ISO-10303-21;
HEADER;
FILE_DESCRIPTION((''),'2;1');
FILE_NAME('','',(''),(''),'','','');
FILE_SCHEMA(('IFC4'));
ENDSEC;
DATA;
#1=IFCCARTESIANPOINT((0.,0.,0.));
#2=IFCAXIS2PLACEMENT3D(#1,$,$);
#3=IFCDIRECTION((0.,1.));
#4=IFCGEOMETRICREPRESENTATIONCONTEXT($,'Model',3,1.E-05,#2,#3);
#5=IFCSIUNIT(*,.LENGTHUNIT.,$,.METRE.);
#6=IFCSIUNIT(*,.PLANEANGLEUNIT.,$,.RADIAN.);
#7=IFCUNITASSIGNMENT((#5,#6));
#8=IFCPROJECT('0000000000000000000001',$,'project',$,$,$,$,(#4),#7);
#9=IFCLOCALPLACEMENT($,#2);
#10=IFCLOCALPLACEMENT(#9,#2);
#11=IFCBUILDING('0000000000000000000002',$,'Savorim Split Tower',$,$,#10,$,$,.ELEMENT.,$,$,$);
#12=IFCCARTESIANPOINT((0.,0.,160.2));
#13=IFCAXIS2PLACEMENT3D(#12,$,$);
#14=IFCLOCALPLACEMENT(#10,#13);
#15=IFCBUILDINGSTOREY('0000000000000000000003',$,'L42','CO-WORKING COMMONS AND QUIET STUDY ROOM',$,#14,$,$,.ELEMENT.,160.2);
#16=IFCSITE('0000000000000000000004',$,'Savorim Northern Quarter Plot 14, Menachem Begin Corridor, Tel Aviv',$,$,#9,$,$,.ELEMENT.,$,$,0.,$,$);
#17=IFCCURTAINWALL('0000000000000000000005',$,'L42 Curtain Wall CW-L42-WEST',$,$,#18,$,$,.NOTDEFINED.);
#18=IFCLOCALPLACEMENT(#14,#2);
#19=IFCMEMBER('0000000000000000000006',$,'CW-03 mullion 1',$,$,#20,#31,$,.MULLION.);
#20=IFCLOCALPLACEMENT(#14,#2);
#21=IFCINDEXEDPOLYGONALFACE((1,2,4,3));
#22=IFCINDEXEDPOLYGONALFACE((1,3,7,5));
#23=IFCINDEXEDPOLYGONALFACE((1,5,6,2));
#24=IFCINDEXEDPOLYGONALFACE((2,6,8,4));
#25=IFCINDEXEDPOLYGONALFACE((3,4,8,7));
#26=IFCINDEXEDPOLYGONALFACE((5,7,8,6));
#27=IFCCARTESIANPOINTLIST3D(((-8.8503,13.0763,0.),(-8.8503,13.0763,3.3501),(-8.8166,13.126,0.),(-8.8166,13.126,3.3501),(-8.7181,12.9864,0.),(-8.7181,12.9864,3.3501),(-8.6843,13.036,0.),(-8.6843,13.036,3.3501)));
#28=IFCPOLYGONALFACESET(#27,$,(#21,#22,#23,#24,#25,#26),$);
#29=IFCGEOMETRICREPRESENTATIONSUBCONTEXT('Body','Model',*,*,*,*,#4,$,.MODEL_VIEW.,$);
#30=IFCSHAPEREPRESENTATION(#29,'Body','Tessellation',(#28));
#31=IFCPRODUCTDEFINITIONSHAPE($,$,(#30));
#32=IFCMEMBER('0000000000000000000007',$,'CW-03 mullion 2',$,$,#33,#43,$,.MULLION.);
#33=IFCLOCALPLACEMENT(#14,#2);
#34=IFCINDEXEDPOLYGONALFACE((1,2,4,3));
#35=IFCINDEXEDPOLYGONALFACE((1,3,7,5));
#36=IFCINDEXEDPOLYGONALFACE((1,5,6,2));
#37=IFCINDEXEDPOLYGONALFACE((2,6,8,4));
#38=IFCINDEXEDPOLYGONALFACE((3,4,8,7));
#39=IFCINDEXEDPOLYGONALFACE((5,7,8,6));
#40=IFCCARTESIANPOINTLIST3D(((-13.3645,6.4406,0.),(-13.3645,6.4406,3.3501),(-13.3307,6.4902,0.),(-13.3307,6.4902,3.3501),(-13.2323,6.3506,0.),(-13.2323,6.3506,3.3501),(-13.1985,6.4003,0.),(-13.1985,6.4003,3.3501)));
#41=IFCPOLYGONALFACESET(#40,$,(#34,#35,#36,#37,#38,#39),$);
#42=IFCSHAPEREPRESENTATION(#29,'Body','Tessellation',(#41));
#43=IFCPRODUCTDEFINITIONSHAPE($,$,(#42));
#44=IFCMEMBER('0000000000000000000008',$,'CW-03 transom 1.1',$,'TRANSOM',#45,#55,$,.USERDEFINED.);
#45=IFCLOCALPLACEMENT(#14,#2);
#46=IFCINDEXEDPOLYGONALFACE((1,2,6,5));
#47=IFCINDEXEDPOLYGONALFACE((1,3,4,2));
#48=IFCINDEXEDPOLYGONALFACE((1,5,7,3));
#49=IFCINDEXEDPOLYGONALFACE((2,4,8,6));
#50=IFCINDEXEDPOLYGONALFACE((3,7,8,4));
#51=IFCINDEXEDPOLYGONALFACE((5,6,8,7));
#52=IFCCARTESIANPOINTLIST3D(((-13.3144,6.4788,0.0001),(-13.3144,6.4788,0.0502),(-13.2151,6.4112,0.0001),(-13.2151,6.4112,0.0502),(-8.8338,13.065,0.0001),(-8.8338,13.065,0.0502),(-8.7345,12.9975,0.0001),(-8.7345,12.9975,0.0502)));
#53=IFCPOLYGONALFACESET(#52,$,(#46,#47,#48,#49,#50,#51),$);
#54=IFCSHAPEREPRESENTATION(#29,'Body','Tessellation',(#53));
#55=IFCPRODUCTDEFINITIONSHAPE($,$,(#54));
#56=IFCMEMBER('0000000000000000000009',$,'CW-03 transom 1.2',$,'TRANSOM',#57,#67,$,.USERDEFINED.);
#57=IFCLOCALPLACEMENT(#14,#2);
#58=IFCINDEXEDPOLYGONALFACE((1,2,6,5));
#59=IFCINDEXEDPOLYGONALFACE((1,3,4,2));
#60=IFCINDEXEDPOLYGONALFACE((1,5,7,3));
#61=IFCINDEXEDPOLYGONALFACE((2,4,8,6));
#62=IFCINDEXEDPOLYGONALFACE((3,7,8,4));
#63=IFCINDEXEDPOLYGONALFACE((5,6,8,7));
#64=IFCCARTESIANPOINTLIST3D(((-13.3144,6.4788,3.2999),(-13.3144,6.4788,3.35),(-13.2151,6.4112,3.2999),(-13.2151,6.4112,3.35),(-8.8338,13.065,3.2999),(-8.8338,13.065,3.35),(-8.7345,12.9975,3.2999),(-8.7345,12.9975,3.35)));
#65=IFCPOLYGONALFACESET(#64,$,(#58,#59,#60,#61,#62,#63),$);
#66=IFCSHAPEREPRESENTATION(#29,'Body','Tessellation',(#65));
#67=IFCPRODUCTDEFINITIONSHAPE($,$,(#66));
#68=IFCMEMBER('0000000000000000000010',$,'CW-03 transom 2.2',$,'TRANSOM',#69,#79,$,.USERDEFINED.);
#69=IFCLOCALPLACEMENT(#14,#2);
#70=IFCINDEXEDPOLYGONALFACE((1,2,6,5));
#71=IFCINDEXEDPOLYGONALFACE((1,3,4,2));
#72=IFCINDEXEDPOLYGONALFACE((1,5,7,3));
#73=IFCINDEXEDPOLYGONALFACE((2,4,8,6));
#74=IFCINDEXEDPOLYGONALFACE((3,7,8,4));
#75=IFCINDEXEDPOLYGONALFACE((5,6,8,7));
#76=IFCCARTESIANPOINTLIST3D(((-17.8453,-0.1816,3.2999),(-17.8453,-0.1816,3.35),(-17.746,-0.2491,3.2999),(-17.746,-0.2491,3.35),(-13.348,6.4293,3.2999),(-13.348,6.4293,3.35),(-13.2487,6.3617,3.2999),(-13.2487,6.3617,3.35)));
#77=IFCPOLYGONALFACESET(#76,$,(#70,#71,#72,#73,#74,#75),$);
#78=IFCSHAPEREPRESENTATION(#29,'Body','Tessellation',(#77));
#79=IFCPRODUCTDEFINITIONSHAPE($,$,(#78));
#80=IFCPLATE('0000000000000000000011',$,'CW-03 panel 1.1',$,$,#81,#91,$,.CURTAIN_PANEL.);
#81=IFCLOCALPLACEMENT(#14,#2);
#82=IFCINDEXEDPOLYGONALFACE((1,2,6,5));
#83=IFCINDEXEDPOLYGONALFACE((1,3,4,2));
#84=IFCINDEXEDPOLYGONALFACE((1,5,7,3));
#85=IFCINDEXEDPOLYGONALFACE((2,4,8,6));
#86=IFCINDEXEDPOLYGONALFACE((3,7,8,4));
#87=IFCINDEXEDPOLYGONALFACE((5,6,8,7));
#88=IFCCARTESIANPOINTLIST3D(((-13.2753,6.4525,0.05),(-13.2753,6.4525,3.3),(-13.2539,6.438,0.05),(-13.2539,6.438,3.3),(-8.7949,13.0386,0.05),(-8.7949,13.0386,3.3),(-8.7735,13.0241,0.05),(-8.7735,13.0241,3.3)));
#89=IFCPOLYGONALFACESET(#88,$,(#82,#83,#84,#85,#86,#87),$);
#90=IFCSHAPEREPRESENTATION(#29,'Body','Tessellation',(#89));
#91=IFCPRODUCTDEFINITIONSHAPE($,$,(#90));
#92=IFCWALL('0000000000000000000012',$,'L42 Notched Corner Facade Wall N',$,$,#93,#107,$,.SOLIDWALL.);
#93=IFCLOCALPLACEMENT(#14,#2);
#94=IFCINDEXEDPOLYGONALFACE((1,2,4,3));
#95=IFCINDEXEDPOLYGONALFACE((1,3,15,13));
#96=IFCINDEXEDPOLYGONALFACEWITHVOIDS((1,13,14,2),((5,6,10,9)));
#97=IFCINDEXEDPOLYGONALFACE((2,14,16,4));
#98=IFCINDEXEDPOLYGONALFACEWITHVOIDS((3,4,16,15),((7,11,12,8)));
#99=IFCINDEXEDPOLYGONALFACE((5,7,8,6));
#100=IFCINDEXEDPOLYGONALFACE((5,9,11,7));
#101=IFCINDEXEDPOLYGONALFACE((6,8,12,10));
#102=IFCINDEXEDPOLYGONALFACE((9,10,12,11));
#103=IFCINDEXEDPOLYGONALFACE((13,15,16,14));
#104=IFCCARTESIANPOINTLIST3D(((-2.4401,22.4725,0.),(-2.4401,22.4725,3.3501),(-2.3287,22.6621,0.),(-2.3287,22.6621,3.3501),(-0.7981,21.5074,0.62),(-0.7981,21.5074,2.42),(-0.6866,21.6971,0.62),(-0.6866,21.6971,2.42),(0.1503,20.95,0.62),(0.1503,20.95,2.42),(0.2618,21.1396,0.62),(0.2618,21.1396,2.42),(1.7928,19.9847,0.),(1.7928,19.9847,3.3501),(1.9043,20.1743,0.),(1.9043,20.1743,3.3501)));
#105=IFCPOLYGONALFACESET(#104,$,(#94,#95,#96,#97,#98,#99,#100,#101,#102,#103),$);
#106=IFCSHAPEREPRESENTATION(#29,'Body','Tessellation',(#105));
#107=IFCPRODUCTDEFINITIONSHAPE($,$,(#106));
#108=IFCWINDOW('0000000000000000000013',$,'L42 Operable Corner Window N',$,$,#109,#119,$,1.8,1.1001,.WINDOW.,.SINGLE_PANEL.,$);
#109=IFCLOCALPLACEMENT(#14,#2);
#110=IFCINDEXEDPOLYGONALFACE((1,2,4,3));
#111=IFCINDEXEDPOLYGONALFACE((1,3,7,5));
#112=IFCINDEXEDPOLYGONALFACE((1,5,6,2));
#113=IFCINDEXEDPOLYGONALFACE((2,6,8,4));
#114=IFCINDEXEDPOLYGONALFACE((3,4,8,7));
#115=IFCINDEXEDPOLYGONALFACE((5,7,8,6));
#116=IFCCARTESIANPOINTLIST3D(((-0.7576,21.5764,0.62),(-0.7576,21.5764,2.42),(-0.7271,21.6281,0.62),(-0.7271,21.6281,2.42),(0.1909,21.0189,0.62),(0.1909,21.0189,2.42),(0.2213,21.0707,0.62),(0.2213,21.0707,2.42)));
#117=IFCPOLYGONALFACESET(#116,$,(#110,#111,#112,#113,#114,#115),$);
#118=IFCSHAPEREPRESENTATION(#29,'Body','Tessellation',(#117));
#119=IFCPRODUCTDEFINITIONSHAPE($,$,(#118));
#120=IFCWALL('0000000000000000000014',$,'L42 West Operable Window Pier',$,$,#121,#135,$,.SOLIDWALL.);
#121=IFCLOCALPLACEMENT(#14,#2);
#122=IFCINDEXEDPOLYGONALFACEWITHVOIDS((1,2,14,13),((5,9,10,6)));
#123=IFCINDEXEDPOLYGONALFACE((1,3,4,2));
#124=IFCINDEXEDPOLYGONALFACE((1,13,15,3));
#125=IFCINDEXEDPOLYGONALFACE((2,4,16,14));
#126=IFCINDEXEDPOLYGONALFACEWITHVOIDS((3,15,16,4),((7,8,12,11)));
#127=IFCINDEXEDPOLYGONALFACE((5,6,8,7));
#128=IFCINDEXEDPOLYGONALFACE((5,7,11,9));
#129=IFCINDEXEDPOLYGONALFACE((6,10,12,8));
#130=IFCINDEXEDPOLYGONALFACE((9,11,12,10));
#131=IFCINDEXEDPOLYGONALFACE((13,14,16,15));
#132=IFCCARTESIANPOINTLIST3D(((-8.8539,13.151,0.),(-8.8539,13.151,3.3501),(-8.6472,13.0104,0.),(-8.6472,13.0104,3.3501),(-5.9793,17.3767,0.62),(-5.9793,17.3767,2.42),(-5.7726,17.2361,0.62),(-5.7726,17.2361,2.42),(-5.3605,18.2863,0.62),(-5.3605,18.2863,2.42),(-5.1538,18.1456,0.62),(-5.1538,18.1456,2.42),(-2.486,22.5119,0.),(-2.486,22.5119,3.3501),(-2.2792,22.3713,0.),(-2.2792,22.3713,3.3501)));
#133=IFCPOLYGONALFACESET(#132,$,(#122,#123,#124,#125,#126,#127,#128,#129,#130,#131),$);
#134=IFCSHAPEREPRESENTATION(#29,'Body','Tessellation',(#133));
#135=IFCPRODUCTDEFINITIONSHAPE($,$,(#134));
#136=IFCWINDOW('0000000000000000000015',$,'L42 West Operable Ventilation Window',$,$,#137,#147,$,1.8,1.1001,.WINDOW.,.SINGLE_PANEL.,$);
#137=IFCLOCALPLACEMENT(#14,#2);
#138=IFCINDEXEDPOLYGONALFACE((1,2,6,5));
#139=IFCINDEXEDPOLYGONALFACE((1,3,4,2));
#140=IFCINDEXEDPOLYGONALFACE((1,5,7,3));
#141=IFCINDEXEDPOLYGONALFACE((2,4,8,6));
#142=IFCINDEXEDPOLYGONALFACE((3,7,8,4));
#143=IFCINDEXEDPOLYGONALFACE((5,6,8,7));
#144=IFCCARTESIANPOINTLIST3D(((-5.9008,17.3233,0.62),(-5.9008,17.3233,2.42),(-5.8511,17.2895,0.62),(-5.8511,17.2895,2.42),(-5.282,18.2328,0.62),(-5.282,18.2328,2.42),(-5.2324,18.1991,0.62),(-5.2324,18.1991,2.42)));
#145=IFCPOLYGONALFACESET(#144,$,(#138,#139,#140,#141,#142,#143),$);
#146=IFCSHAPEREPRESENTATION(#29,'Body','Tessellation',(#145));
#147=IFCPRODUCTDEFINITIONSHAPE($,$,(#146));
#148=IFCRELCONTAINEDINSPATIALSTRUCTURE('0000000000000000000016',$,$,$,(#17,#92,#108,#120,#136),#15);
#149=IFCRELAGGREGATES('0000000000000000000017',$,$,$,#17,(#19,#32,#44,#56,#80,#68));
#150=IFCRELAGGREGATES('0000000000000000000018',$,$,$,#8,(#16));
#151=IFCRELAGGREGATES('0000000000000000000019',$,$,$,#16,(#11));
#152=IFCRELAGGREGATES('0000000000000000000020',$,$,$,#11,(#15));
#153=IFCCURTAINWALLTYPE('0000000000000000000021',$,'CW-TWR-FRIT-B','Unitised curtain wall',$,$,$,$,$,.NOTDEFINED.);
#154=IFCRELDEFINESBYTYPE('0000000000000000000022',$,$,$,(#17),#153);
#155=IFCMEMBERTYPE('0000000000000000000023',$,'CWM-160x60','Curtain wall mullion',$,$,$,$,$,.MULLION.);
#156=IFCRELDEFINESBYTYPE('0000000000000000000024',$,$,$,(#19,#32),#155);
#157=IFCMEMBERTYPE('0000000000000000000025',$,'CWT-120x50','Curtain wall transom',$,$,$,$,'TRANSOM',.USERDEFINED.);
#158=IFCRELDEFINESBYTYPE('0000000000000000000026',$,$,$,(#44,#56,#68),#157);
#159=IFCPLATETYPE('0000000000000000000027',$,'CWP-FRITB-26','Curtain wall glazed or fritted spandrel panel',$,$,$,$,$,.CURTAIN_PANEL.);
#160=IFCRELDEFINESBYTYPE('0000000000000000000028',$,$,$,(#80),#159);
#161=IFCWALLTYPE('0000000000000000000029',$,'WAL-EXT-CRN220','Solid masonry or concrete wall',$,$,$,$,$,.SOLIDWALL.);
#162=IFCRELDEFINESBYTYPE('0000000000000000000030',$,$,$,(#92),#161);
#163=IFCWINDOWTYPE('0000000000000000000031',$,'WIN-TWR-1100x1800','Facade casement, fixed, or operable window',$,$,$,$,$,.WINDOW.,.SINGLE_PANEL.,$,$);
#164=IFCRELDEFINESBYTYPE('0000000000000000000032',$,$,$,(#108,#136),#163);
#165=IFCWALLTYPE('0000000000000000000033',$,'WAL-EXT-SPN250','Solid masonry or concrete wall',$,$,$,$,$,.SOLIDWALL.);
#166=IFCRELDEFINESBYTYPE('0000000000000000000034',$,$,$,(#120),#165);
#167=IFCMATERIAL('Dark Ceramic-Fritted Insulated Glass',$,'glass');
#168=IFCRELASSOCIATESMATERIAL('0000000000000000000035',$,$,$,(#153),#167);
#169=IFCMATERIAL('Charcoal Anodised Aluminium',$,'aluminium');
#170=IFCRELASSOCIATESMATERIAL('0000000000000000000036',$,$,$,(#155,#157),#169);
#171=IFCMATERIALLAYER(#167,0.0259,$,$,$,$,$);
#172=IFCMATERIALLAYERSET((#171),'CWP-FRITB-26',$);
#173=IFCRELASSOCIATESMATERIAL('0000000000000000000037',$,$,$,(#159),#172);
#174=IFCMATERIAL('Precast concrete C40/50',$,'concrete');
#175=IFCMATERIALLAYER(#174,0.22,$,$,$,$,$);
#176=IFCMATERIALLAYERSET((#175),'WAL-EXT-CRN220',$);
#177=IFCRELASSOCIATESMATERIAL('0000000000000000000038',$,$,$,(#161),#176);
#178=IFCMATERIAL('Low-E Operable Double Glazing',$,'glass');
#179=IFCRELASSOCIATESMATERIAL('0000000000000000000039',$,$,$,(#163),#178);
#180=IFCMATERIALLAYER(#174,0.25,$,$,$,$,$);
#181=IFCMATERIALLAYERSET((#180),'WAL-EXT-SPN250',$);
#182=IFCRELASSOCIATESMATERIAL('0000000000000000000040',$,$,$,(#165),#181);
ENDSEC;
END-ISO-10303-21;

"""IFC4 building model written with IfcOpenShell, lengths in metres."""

from ifc_helpers import new_model, si_unit, direction, frame, frame_2d, origin, origin_2d, place, context, subcontext, project, spatial, rectangle, extrude, material, layer, layer_set, material_profile, profile_set, type_object, element, fill, aggregate, save


model = new_model("IFC4")

# Units and contexts
model_context = context("Model", 3, precision=1e-05, world=origin(), true_north=direction((0.0, 1.0)))
body_context = subcontext(model_context, "Body", "Model", "MODEL_VIEW")
ifc_project = project(units=[si_unit("LENGTHUNIT", "METRE"), si_unit("PLANEANGLEUNIT", "RADIAN")], contexts=[model_context])

# Site, building, storey
site_placement = place(None, origin())
site = spatial("IfcSite", under=ifc_project, at=site_placement, Name="Savorim Northern Quarter Plot 14, Menachem Begin Corridor, Tel Aviv", CompositionType="ELEMENT", RefElevation=0.0)
building_placement = place(site_placement, origin())
building = spatial("IfcBuilding", under=site, at=building_placement, Name="Savorim Split Tower", CompositionType="ELEMENT")
storey_placement = place(building_placement, frame((0.0, 0.0, 160.2)))
storey = spatial("IfcBuildingStorey", under=building, at=storey_placement, Name="L42", Description="CO-WORKING COMMONS AND QUIET STUDY ROOM", CompositionType="ELEMENT", Elevation=160.2)

# Curtain wall, members, plate
ifc_material_1 = material(Name="Dark Ceramic-Fritted Insulated Glass", Category="glass")
curtain_wall_type = type_object("IfcCurtainWallType", Name="CW-TWR-FRIT-B", Description="Unitised curtain wall", PredefinedType="NOTDEFINED", material=ifc_material_1)
curtain_wall_placement = place(storey_placement, origin())
curtain_wall = element("IfcCurtainWall", 1, at=curtain_wall_placement, inside=storey, type_object=curtain_wall_type, Name="L42 Curtain Wall CW-L42-WEST", PredefinedType="NOTDEFINED")
ifc_material_2 = material(Name="Charcoal Anodised Aluminium", Category="aluminium")
ifc_material_profile_1 = material_profile(ifc_material_2, rectangle(XDim=0.1599, YDim=0.0601, at=origin_2d()), Name="ALU-M 160x60")
ifc_profile_set_1 = profile_set([ifc_material_profile_1], Name="Charcoal Anodised Aluminium")
member_type_1 = type_object("IfcMemberType", Name="CWM-160x60", Description="Curtain wall mullion", PredefinedType="MULLION", material=ifc_profile_set_1)
member_1_placement = place(storey_placement, frame((-8.7673, 13.0562, 0.0), z_axis=(0.0, 0.0, 1.0), x_axis=(0.82682, -0.562466, 0.0)))
member_1 = element("IfcMember", 2, at=member_1_placement, type_object=member_type_1, Name="CW-03 mullion 1", PredefinedType="MULLION", context=body_context, shape_type="SweptSolid", body=[
    extrude(rectangle(XDim=0.1599, YDim=0.0601, at=origin_2d()), origin(), (0.0, 0.0, 1.0), 3.3501),
])
member_2_placement = place(storey_placement, frame((-13.2815, 6.4204, 0.0), z_axis=(0.0, 0.0, 1.0), x_axis=(0.82682, -0.562466, 0.0)))
member_2 = element("IfcMember", 3, at=member_2_placement, type_object=member_type_1, Name="CW-03 mullion 2", PredefinedType="MULLION", context=body_context, shape_type="SweptSolid", body=[
    extrude(rectangle(XDim=0.1599, YDim=0.0601, at=origin_2d()), origin(), (0.0, 0.0, 1.0), 3.3501),
])
ifc_material_profile_2 = material_profile(ifc_material_2, rectangle(XDim=0.1201, YDim=0.05, at=origin_2d()), Name="ALU-T 120x50")
ifc_profile_set_2 = profile_set([ifc_material_profile_2], Name="Charcoal Anodised Aluminium")
member_type_2 = type_object("IfcMemberType", Name="CWT-120x50", Description="Curtain wall transom", ElementType="TRANSOM", PredefinedType="USERDEFINED", material=ifc_profile_set_2)
member_3_placement = place(storey_placement, frame((-8.7842, 13.0312, 0.0251), z_axis=(-0.56247, -0.826818, 0.0), x_axis=(0.826818, -0.56247, 0.0)))
member_3 = element("IfcMember", 4, at=member_3_placement, type_object=member_type_2, Name="CW-03 transom 1.1", ObjectType="TRANSOM", PredefinedType="USERDEFINED", context=body_context, shape_type="SweptSolid", body=[
    extrude(rectangle(XDim=0.1201, YDim=0.05, at=origin_2d()), origin(), (0.0, 0.0, 1.0), 7.9658),
])
member_4_placement = place(storey_placement, frame((-8.7842, 13.0312, 3.325), z_axis=(-0.56247, -0.826818, 0.0), x_axis=(0.826818, -0.56247, 0.0)))
member_4 = element("IfcMember", 5, at=member_4_placement, type_object=member_type_2, Name="CW-03 transom 1.2", ObjectType="TRANSOM", PredefinedType="USERDEFINED", context=body_context, shape_type="SweptSolid", body=[
    extrude(rectangle(XDim=0.1201, YDim=0.05, at=origin_2d()), origin(), (0.0, 0.0, 1.0), 7.9658),
])
member_5_placement = place(storey_placement, frame((-13.2983, 6.3955, 3.325), z_axis=(-0.562476, -0.826813, 0.0), x_axis=(0.826813, -0.562476, 0.0)))
member_5 = element("IfcMember", 6, at=member_5_placement, type_object=member_type_2, Name="CW-03 transom 2.2", ObjectType="TRANSOM", PredefinedType="USERDEFINED", context=body_context, shape_type="SweptSolid", body=[
    extrude(rectangle(XDim=0.1201, YDim=0.05, at=origin_2d()), origin(), (0.0, 0.0, 1.0), 7.9956),
])
ifc_layer_1 = layer(ifc_material_1, 0.0259)
ifc_layer_set_1 = layer_set([ifc_layer_1], Name="CWP-FRITB-26")
plate_type = type_object("IfcPlateType", Name="CWP-FRITB-26", Description="Curtain wall glazed or fritted spandrel panel", PredefinedType="CURTAIN_PANEL", material=ifc_layer_set_1)
plate_placement = place(storey_placement, frame((-11.0244, 9.7383, 0.05), z_axis=(0.0, 0.0, 1.0), x_axis=(-0.562466, -0.82682, 0.0)))
plate = element("IfcPlate", 7, at=plate_placement, type_object=plate_type, Name="CW-03 panel 1.1", PredefinedType="CURTAIN_PANEL", context=body_context, shape_type="SweptSolid", body=[
    extrude(rectangle(XDim=7.9656, YDim=0.0259, at=origin_2d()), origin(), (0.0, 0.0, 1.0), 3.25),
])
aggregate(curtain_wall, [member_1, member_2, member_3, member_4, plate, member_5])

# Walls, openings, windows
ifc_material_3 = material(Name="Precast concrete C40/50", Category="concrete")
ifc_layer_2 = layer(ifc_material_3, 0.22)
ifc_layer_set_2 = layer_set([ifc_layer_2], Name="WAL-EXT-CRN220")
wall_type_1 = type_object("IfcWallType", Name="WAL-EXT-CRN220", Description="Solid masonry or concrete wall", PredefinedType="SOLIDWALL", material=ifc_layer_set_2)
wall_1_placement = place(storey_placement, frame((-2.3845, 22.5674, 0.0), z_axis=(0.0, 0.0, 1.0), x_axis=(0.862126, -0.506694, 0.0)))
wall_1 = element("IfcWall", 8, at=wall_1_placement, inside=storey, type_object=wall_type_1, Name="L42 Notched Corner Facade Wall N", PredefinedType="SOLIDWALL", context=body_context, shape_type="SweptSolid", body=[
    extrude(rectangle(XDim=4.9099, YDim=0.22, at=frame_2d((2.4551, 0.0))), origin(), (0.0, 0.0, 1.0), 3.3501),
])
opening_1_placement = place(wall_1_placement, frame((1.9048, 0.0, 0.6201)))
opening_1 = element("IfcOpeningElement", 9, at=opening_1_placement, cuts=wall_1, PredefinedType="OPENING", context=body_context, shape_type="SweptSolid", body=[
    extrude(rectangle(XDim=1.1001, YDim=1.8, at=frame_2d((0.55, 0.8999))), frame((0.0, 0.1199, 0.0), z_axis=(0.0, -1.0, 0.0), x_axis=(1.0, 0.0, 0.0)), (0.0, 0.0, 1.0), 0.24),
])
ifc_material_4 = material(Name="Low-E Operable Double Glazing", Category="glass")
window_type = type_object("IfcWindowType", Name="WIN-TWR-1100x1800", Description="Facade casement, fixed, or operable window", PartitioningType="SINGLE_PANEL", PredefinedType="WINDOW", material=ifc_material_4)
window_1_placement = place(opening_1_placement, origin())
window_1 = element("IfcWindow", 10, at=window_1_placement, inside=storey, type_object=window_type, Name="L42 Operable Corner Window N", OverallHeight=1.8, OverallWidth=1.1001, PartitioningType="SINGLE_PANEL", PredefinedType="WINDOW", context=body_context, shape_type="SweptSolid", body=[
    extrude(rectangle(XDim=1.1001, YDim=1.8, at=frame_2d((0.55, 0.8999))), frame((0.0, 0.03, 0.0), z_axis=(0.0, -1.0, 0.0), x_axis=(1.0, 0.0, 0.0)), (0.0, 0.0, 1.0), 0.0601),
])
fill(opening_1, window_1)
ifc_layer_3 = layer(ifc_material_3, 0.25)
ifc_layer_set_3 = layer_set([ifc_layer_3], Name="WAL-EXT-SPN250")
wall_type_2 = type_object("IfcWallType", Name="WAL-EXT-SPN250", Description="Solid masonry or concrete wall", PredefinedType="SOLIDWALL", material=ifc_layer_set_3)
wall_2_placement = place(storey_placement, frame((-8.7505, 13.0808, 0.0), z_axis=(0.0, 0.0, 1.0), x_axis=(0.562464, 0.826822, 0.0)))
wall_2 = element("IfcWall", 11, at=wall_2_placement, inside=storey, type_object=wall_type_2, Name="L42 West Operable Window Pier", PredefinedType="SOLIDWALL", context=body_context, shape_type="SweptSolid", body=[
    extrude(rectangle(XDim=11.3215, YDim=0.25, at=frame_2d((5.6606, 0.0))), origin(), (0.0, 0.0, 1.0), 3.3501),
])
opening_2_placement = place(wall_2_placement, frame((5.1106, 0.0, 0.6201)))
opening_2 = element("IfcOpeningElement", 12, at=opening_2_placement, cuts=wall_2, PredefinedType="OPENING", context=body_context, shape_type="SweptSolid", body=[
    extrude(rectangle(XDim=1.1001, YDim=1.8, at=frame_2d((0.55, 0.8999))), frame((0.0, 0.135, 0.0), z_axis=(0.0, -1.0, 0.0), x_axis=(1.0, 0.0, 0.0)), (0.0, 0.0, 1.0), 0.27),
])
window_2_placement = place(opening_2_placement, origin())
window_2 = element("IfcWindow", 13, at=window_2_placement, inside=storey, type_object=window_type, Name="L42 West Operable Ventilation Window", OverallHeight=1.8, OverallWidth=1.1001, PartitioningType="SINGLE_PANEL", PredefinedType="WINDOW", context=body_context, shape_type="SweptSolid", body=[
    extrude(rectangle(XDim=1.1001, YDim=1.8, at=frame_2d((0.55, 0.8999))), frame((0.0, 0.03, 0.0), z_axis=(0.0, -1.0, 0.0), x_axis=(1.0, 0.0, 0.0)), (0.0, 0.0, 1.0), 0.0601),
])
fill(opening_2, window_2)

save(model, "model.ifc")
